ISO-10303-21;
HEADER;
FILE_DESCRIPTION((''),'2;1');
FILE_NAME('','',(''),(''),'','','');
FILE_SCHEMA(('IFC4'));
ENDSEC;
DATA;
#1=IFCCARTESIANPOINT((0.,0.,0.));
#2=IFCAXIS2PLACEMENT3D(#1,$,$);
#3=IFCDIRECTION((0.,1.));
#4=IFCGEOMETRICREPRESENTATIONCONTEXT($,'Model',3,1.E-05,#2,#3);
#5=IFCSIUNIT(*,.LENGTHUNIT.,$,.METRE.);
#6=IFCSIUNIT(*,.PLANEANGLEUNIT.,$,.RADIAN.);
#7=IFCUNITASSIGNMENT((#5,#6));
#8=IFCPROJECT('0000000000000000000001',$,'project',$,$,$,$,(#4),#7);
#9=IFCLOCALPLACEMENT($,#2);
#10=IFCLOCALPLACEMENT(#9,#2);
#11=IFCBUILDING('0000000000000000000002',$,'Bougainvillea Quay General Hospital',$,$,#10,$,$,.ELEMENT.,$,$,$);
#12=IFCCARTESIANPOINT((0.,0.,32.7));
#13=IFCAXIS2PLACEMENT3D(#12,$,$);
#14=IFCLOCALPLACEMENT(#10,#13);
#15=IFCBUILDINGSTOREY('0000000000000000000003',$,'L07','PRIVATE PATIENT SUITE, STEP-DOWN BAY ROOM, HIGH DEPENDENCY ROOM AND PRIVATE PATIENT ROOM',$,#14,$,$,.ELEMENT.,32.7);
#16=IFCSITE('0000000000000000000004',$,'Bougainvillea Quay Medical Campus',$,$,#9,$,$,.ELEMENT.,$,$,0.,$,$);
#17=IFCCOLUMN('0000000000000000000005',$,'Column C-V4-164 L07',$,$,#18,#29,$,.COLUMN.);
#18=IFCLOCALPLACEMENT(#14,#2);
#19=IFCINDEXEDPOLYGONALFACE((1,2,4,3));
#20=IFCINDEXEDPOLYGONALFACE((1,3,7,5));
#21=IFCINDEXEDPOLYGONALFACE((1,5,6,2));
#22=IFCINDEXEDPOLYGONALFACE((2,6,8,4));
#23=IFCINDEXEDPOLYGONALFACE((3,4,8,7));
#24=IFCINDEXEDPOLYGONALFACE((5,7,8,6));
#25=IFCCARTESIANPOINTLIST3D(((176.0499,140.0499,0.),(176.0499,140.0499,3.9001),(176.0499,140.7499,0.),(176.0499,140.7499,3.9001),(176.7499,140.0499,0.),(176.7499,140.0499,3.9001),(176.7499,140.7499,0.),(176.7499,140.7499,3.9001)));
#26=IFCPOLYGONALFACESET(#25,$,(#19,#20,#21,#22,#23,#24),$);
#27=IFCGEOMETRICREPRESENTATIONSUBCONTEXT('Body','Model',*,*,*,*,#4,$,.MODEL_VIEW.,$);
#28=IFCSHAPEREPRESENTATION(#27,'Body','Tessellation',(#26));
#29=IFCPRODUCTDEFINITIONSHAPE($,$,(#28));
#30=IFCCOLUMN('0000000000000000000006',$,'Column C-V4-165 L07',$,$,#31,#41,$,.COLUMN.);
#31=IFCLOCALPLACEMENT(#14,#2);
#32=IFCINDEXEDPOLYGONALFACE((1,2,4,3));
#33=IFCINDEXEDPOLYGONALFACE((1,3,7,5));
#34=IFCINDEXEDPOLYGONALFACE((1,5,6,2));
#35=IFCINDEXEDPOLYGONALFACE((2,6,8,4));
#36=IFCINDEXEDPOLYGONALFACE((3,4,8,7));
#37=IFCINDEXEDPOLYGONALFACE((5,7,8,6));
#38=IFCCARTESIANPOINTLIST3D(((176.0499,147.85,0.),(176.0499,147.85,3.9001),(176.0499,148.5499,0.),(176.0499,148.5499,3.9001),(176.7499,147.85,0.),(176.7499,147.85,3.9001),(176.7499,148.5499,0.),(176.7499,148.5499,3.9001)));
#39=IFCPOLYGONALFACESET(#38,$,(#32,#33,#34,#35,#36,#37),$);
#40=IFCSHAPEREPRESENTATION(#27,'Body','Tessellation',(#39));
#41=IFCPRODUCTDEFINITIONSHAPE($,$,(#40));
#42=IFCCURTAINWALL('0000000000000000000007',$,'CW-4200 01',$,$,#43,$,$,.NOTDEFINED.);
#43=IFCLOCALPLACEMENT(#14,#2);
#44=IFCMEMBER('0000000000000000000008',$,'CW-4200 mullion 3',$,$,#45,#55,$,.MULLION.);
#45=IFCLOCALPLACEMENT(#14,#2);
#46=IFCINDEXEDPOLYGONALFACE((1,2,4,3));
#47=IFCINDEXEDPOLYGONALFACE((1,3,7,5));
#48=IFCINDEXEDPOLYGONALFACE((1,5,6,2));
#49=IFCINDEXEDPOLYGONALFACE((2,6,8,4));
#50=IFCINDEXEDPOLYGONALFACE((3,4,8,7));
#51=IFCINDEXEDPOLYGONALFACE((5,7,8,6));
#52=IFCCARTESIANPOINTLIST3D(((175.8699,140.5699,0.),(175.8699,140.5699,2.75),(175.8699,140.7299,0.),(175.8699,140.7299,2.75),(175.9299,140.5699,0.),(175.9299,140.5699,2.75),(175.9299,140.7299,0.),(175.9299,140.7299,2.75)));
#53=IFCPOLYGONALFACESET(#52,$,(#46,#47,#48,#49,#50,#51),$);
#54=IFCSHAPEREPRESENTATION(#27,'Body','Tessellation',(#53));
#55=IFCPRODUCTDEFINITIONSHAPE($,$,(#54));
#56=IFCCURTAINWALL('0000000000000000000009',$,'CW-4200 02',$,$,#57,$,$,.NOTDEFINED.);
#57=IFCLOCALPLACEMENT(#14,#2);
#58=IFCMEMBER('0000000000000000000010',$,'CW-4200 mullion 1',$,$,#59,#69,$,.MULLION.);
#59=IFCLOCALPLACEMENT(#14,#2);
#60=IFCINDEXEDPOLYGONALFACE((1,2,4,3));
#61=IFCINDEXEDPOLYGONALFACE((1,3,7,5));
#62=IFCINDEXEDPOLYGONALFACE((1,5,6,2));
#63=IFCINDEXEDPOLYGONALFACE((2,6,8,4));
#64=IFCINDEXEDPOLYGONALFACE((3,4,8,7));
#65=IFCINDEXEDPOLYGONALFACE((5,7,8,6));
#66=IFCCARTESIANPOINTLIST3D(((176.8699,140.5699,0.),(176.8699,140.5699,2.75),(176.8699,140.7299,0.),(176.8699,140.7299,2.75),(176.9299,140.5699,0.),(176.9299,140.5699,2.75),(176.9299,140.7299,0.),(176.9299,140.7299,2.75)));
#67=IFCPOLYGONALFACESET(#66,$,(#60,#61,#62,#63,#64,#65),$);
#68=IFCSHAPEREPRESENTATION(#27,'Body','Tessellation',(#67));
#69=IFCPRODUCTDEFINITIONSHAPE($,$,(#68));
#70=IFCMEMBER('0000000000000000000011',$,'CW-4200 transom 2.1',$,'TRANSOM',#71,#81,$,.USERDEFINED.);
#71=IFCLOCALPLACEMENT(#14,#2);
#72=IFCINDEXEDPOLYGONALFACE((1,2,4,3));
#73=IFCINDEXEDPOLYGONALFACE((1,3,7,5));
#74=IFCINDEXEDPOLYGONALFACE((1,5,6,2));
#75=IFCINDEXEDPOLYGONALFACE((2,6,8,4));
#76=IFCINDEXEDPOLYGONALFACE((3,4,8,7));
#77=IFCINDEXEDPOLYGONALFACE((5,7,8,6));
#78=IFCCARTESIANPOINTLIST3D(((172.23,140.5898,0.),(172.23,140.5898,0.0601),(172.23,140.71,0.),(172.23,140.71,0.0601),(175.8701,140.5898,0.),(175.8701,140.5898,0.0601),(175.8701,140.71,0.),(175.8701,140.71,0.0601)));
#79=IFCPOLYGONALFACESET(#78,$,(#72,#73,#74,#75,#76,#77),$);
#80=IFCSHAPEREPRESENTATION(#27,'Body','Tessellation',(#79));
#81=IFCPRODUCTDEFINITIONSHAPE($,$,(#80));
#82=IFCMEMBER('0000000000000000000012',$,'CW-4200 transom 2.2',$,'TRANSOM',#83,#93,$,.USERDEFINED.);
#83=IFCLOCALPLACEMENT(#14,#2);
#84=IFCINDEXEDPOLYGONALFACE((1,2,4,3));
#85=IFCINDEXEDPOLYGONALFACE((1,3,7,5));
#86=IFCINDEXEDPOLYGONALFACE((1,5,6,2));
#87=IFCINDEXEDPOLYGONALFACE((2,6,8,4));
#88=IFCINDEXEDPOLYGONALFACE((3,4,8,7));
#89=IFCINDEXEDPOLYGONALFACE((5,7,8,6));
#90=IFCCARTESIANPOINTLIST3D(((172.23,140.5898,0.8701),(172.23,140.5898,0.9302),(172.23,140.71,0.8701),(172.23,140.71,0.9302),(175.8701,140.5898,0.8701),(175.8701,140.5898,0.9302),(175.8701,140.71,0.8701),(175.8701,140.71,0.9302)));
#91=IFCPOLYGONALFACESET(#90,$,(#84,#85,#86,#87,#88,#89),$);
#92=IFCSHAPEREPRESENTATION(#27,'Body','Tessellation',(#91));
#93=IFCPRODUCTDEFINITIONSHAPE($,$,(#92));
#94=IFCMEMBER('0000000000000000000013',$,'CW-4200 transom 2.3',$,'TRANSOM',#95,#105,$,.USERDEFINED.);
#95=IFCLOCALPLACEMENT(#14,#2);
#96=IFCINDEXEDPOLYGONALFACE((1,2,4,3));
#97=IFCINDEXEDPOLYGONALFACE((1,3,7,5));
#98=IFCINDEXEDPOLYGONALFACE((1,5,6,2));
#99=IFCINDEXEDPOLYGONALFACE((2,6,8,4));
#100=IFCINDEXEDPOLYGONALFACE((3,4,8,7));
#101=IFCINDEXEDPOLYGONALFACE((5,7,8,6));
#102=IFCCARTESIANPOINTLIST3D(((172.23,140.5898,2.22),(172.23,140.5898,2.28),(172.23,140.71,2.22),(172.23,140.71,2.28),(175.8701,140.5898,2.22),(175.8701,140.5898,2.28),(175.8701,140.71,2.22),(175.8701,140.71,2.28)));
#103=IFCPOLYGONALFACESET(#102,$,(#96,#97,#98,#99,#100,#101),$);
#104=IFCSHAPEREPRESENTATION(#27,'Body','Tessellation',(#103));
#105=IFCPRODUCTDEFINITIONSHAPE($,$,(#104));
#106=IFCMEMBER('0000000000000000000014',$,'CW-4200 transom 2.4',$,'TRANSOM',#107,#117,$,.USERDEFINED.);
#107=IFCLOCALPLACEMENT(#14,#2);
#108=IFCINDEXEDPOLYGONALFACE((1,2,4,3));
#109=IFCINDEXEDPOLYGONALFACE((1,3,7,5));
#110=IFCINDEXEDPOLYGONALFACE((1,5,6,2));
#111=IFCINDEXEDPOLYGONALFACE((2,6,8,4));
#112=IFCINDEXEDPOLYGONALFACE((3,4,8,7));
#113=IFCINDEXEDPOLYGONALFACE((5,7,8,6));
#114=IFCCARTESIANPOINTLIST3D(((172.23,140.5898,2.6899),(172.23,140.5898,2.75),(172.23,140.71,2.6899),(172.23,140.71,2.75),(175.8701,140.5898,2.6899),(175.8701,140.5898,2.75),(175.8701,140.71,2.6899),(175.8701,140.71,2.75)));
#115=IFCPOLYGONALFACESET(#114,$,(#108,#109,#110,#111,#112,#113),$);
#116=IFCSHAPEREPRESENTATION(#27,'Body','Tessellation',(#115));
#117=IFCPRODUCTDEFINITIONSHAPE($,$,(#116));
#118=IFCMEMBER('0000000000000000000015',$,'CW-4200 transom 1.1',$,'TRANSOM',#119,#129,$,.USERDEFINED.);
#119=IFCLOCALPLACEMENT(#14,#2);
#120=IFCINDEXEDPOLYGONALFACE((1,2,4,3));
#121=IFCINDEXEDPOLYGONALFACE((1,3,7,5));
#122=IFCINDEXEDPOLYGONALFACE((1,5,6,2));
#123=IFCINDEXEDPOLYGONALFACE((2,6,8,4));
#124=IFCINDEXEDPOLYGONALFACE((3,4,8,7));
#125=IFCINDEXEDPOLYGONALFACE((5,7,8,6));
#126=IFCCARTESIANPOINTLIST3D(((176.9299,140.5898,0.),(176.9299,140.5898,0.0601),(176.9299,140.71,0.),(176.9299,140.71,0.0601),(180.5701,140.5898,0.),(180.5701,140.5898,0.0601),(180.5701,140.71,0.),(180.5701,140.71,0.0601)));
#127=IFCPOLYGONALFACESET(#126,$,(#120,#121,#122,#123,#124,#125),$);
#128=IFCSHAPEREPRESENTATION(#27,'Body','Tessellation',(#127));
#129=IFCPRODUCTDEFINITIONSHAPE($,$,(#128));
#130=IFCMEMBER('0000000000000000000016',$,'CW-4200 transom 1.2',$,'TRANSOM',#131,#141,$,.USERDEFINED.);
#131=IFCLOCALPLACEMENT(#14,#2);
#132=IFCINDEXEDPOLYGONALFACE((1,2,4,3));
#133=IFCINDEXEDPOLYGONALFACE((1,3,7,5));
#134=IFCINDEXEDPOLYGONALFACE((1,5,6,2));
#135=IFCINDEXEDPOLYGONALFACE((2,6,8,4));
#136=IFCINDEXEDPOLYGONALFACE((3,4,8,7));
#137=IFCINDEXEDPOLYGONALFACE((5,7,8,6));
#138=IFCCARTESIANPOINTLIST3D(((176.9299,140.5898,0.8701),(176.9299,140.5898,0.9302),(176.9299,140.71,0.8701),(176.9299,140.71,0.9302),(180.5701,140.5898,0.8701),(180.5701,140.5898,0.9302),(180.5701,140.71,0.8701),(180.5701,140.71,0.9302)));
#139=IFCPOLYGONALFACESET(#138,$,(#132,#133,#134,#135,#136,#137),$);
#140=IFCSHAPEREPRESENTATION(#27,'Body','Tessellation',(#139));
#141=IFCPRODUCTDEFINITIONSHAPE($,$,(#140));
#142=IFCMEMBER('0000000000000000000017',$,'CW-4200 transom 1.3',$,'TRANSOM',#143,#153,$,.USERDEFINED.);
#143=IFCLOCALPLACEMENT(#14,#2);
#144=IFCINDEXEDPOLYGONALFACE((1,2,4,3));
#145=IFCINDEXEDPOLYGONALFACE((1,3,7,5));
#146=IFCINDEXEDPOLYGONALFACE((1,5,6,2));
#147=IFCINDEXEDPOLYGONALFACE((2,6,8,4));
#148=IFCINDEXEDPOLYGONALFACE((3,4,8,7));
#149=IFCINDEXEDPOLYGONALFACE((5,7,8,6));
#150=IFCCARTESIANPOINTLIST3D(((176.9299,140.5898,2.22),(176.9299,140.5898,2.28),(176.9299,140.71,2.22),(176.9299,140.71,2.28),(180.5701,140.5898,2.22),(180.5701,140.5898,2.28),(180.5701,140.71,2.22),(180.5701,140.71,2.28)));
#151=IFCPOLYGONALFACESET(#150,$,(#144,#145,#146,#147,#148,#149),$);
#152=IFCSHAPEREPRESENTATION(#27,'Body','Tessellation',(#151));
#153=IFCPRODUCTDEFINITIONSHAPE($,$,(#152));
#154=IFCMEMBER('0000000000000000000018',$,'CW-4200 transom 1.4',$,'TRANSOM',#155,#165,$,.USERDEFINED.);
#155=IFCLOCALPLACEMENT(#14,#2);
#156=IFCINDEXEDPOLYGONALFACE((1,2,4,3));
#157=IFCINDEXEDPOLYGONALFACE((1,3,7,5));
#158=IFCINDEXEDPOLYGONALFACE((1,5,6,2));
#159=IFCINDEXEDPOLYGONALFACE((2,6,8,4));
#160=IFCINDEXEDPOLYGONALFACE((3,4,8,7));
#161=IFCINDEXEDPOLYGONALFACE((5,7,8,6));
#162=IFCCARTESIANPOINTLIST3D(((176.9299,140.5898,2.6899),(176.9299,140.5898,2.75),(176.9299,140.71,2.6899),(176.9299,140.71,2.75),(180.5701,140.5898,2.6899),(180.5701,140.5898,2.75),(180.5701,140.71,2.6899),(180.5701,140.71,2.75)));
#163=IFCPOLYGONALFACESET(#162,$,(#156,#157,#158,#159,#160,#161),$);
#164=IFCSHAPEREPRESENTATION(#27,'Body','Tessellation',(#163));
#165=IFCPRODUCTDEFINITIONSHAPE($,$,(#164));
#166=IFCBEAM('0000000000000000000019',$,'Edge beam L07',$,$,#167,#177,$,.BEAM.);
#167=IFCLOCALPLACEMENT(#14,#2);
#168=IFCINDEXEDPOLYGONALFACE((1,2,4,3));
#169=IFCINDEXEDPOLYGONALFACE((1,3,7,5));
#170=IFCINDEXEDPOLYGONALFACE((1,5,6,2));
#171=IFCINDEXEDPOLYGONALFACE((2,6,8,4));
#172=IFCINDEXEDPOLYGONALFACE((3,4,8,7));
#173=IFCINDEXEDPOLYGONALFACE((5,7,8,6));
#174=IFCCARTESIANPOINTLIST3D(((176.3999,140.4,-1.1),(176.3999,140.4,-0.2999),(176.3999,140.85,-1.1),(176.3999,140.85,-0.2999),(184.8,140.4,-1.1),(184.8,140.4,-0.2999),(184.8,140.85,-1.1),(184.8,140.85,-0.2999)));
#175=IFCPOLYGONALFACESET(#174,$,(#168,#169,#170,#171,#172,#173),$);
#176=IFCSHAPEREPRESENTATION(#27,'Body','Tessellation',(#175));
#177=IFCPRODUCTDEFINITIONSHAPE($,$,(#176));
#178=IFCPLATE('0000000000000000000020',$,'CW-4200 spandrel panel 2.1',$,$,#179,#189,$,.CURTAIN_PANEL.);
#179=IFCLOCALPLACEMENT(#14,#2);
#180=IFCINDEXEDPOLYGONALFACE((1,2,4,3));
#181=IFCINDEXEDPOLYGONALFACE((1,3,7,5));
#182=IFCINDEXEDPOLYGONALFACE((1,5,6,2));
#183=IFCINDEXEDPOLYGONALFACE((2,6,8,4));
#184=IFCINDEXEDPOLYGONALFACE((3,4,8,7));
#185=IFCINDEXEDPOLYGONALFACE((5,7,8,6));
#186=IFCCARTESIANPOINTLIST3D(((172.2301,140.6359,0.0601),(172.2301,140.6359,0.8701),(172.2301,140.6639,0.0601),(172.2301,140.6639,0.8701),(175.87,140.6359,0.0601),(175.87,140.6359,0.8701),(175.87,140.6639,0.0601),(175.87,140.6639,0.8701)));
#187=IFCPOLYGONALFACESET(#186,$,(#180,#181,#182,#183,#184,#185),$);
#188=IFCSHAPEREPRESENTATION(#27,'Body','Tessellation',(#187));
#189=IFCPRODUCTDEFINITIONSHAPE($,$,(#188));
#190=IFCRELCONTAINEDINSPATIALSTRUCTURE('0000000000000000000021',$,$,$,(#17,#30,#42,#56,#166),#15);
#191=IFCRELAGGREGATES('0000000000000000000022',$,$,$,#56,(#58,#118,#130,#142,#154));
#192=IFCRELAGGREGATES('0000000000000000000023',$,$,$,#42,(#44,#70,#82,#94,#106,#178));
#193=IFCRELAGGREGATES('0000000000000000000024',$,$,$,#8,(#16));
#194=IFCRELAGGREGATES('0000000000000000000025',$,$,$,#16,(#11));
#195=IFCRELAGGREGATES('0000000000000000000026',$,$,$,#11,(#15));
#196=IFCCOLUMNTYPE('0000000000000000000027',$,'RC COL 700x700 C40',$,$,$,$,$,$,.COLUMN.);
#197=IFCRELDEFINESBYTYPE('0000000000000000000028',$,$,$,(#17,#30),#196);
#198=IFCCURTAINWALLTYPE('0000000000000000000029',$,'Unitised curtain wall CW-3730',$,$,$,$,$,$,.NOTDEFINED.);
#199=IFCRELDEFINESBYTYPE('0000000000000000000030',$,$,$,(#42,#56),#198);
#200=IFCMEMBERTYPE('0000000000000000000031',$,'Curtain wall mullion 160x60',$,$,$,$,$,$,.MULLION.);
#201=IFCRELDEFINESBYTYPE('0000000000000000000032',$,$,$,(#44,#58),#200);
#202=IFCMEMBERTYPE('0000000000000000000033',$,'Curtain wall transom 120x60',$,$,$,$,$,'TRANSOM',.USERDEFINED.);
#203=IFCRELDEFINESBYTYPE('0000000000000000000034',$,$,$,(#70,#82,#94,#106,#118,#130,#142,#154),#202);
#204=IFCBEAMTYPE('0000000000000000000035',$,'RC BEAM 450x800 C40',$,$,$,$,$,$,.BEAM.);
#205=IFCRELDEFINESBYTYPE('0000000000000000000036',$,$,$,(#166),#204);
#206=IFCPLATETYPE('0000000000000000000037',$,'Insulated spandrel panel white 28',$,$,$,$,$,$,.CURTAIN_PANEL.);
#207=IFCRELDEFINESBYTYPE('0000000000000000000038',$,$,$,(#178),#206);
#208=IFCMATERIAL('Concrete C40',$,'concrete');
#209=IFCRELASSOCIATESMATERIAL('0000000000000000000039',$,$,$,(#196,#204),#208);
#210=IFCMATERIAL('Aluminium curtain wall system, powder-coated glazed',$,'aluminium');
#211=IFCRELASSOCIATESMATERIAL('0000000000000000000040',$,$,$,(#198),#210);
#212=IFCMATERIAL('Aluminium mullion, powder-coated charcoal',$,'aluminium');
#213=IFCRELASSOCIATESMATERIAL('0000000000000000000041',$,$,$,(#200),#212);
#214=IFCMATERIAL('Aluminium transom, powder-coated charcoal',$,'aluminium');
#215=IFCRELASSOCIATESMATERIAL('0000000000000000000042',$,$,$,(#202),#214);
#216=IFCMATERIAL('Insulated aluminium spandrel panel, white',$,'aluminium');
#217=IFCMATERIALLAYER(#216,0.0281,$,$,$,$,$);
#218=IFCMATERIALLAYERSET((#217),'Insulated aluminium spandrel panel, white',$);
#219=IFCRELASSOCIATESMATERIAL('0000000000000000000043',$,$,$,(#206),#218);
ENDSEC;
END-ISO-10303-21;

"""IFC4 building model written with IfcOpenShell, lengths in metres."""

from ifc_helpers import new_model, si_unit, direction, frame, origin, origin_2d, place, context, subcontext, project, spatial, rectangle, extrude, material, layer, layer_set, material_profile, profile_set, type_object, element, aggregate, save


model = new_model("IFC4")

# Units and contexts
model_context = context("Model", 3, precision=1e-05, world=origin(), true_north=direction((0.0, 1.0)))
body_context = subcontext(model_context, "Body", "Model", "MODEL_VIEW")
ifc_project = project(units=[si_unit("LENGTHUNIT", "METRE"), si_unit("PLANEANGLEUNIT", "RADIAN")], contexts=[model_context])

# Site, building, storey
site_placement = place(None, origin())
site = spatial("IfcSite", under=ifc_project, at=site_placement, Name="Bougainvillea Quay Medical Campus", CompositionType="ELEMENT", RefElevation=0.0)
building_placement = place(site_placement, origin())
building = spatial("IfcBuilding", under=site, at=building_placement, Name="Bougainvillea Quay General Hospital", CompositionType="ELEMENT")
storey_placement = place(building_placement, frame((0.0, 0.0, 32.7)))
storey = spatial("IfcBuildingStorey", under=building, at=storey_placement, Name="L07", Description="PRIVATE PATIENT SUITE, STEP-DOWN BAY ROOM, HIGH DEPENDENCY ROOM AND PRIVATE PATIENT ROOM", CompositionType="ELEMENT", Elevation=32.7)

# Columns
ifc_material_1 = material(Name="Concrete C40", Category="concrete")
ifc_material_profile_1 = material_profile(ifc_material_1, rectangle(XDim=0.7, YDim=0.7, at=origin_2d()))
ifc_profile_set_1 = profile_set([ifc_material_profile_1], Name="Concrete C40")
column_type = type_object("IfcColumnType", Name="RC COL 700x700 C40", PredefinedType="COLUMN", material=ifc_profile_set_1)
for number, where, z_axis, x_axis, name in (
    (1, (176.3999, 140.3999, 0.0), (0.0, 0.0, 1.0), (1.0, 0.0, 0.0), "Column C-V4-164 L07"),
    (2, (176.3999, 148.2, 0.0), (0.0, 0.0, 1.0), (1.0, 0.0, 0.0), "Column C-V4-165 L07"),
):
    element("IfcColumn", number, at=place(storey_placement, frame(where, z_axis=z_axis, x_axis=x_axis)), inside=storey, type_object=column_type, Name=name, PredefinedType="COLUMN", context=body_context, shape_type="SweptSolid", body=[
        extrude(rectangle(XDim=0.7, YDim=0.7, at=origin_2d()), origin(), (0.0, 0.0, 1.0), 3.9001),
    ])

# Curtain walls, members
ifc_material_2 = material(Name="Aluminium curtain wall system, powder-coated glazed", Category="aluminium")
curtain_wall_type = type_object("IfcCurtainWallType", Name="Unitised curtain wall CW-3730", PredefinedType="NOTDEFINED", material=ifc_material_2)
curtain_wall_1_placement = place(storey_placement, origin())
curtain_wall_1 = element("IfcCurtainWall", 3, at=curtain_wall_1_placement, inside=storey, type_object=curtain_wall_type, Name="CW-4200 01", PredefinedType="NOTDEFINED")
ifc_material_3 = material(Name="Aluminium mullion, powder-coated charcoal", Category="aluminium")
ifc_material_profile_2 = material_profile(ifc_material_3, rectangle(XDim=0.1599, YDim=0.0601, at=origin_2d()))
ifc_profile_set_2 = profile_set([ifc_material_profile_2], Name="Aluminium mullion, powder-coated charcoal")
member_type_1 = type_object("IfcMemberType", Name="Curtain wall mullion 160x60", PredefinedType="MULLION", material=ifc_profile_set_2)
member_1_placement = place(storey_placement, frame((175.8999, 140.6499, 0.0), z_axis=(0.0, 0.0, 1.0), x_axis=(0.0, 1.0, 0.0)))
member_1 = element("IfcMember", 4, at=member_1_placement, type_object=member_type_1, Name="CW-4200 mullion 3", PredefinedType="MULLION", context=body_context, shape_type="SweptSolid", body=[
    extrude(rectangle(XDim=0.1599, YDim=0.0601, at=origin_2d()), origin(), (0.0, 0.0, 1.0), 2.75),
])
curtain_wall_2_placement = place(storey_placement, origin())
curtain_wall_2 = element("IfcCurtainWall", 5, at=curtain_wall_2_placement, inside=storey, type_object=curtain_wall_type, Name="CW-4200 02", PredefinedType="NOTDEFINED")
member_2_placement = place(storey_placement, frame((176.8999, 140.6499, 0.0), z_axis=(0.0, 0.0, 1.0), x_axis=(0.0, 1.0, 0.0)))
member_2 = element("IfcMember", 6, at=member_2_placement, type_object=member_type_1, Name="CW-4200 mullion 1", PredefinedType="MULLION", context=body_context, shape_type="SweptSolid", body=[
    extrude(rectangle(XDim=0.1599, YDim=0.0601, at=origin_2d()), origin(), (0.0, 0.0, 1.0), 2.75),
])

# Members
ifc_material_4 = material(Name="Aluminium transom, powder-coated charcoal", Category="aluminium")
ifc_material_profile_3 = material_profile(ifc_material_4, rectangle(XDim=0.1201, YDim=0.0601, at=origin_2d()))
ifc_profile_set_3 = profile_set([ifc_material_profile_3], Name="Aluminium transom, powder-coated charcoal")
member_type_2 = type_object("IfcMemberType", Name="Curtain wall transom 120x60", ElementType="TRANSOM", PredefinedType="USERDEFINED", material=ifc_profile_set_3)
member_3_placement = place(storey_placement, frame((172.23, 140.6499, 0.03), z_axis=(1.0, 0.0, 0.0), x_axis=(0.0, 1.0, 0.0)))
member_3 = element("IfcMember", 7, at=member_3_placement, type_object=member_type_2, Name="CW-4200 transom 2.1", ObjectType="TRANSOM", PredefinedType="USERDEFINED", context=body_context, shape_type="SweptSolid", body=[
    extrude(rectangle(XDim=0.1201, YDim=0.0601, at=origin_2d()), origin(), (0.0, 0.0, 1.0), 3.6401),
])
member_4_placement = place(storey_placement, frame((172.23, 140.6499, 0.9001), z_axis=(1.0, 0.0, 0.0), x_axis=(0.0, 1.0, 0.0)))
member_4 = element("IfcMember", 8, at=member_4_placement, type_object=member_type_2, Name="CW-4200 transom 2.2", ObjectType="TRANSOM", PredefinedType="USERDEFINED", context=body_context, shape_type="SweptSolid", body=[
    extrude(rectangle(XDim=0.1201, YDim=0.0601, at=origin_2d()), origin(), (0.0, 0.0, 1.0), 3.6401),
])
member_5_placement = place(storey_placement, frame((172.23, 140.6499, 2.25), z_axis=(1.0, 0.0, 0.0), x_axis=(0.0, 1.0, 0.0)))
member_5 = element("IfcMember", 9, at=member_5_placement, type_object=member_type_2, Name="CW-4200 transom 2.3", ObjectType="TRANSOM", PredefinedType="USERDEFINED", context=body_context, shape_type="SweptSolid", body=[
    extrude(rectangle(XDim=0.1201, YDim=0.0601, at=origin_2d()), origin(), (0.0, 0.0, 1.0), 3.6401),
])
member_6_placement = place(storey_placement, frame((172.23, 140.6499, 2.72), z_axis=(1.0, 0.0, 0.0), x_axis=(0.0, 1.0, 0.0)))
member_6 = element("IfcMember", 10, at=member_6_placement, type_object=member_type_2, Name="CW-4200 transom 2.4", ObjectType="TRANSOM", PredefinedType="USERDEFINED", context=body_context, shape_type="SweptSolid", body=[
    extrude(rectangle(XDim=0.1201, YDim=0.0601, at=origin_2d()), origin(), (0.0, 0.0, 1.0), 3.6401),
])
member_7_placement = place(storey_placement, frame((176.9299, 140.6499, 0.03), z_axis=(1.0, 0.0, 0.0), x_axis=(0.0, 1.0, 0.0)))
member_7 = element("IfcMember", 11, at=member_7_placement, type_object=member_type_2, Name="CW-4200 transom 1.1", ObjectType="TRANSOM", PredefinedType="USERDEFINED", context=body_context, shape_type="SweptSolid", body=[
    extrude(rectangle(XDim=0.1201, YDim=0.0601, at=origin_2d()), origin(), (0.0, 0.0, 1.0), 3.6401),
])
member_8_placement = place(storey_placement, frame((176.9299, 140.6499, 0.9001), z_axis=(1.0, 0.0, 0.0), x_axis=(0.0, 1.0, 0.0)))
member_8 = element("IfcMember", 12, at=member_8_placement, type_object=member_type_2, Name="CW-4200 transom 1.2", ObjectType="TRANSOM", PredefinedType="USERDEFINED", context=body_context, shape_type="SweptSolid", body=[
    extrude(rectangle(XDim=0.1201, YDim=0.0601, at=origin_2d()), origin(), (0.0, 0.0, 1.0), 3.6401),
])
member_9_placement = place(storey_placement, frame((176.9299, 140.6499, 2.25), z_axis=(1.0, 0.0, 0.0), x_axis=(0.0, 1.0, 0.0)))
member_9 = element("IfcMember", 13, at=member_9_placement, type_object=member_type_2, Name="CW-4200 transom 1.3", ObjectType="TRANSOM", PredefinedType="USERDEFINED", context=body_context, shape_type="SweptSolid", body=[
    extrude(rectangle(XDim=0.1201, YDim=0.0601, at=origin_2d()), origin(), (0.0, 0.0, 1.0), 3.6401),
])
member_10_placement = place(storey_placement, frame((176.9299, 140.6499, 2.72), z_axis=(1.0, 0.0, 0.0), x_axis=(0.0, 1.0, 0.0)))
member_10 = element("IfcMember", 14, at=member_10_placement, type_object=member_type_2, Name="CW-4200 transom 1.4", ObjectType="TRANSOM", PredefinedType="USERDEFINED", context=body_context, shape_type="SweptSolid", body=[
    extrude(rectangle(XDim=0.1201, YDim=0.0601, at=origin_2d()), origin(), (0.0, 0.0, 1.0), 3.6401),
])
aggregate(curtain_wall_2, [member_2, member_7, member_8, member_9, member_10])

# Beam
ifc_material_profile_4 = material_profile(ifc_material_1, rectangle(XDim=0.45, YDim=0.8, at=origin_2d()))
ifc_profile_set_4 = profile_set([ifc_material_profile_4], Name="Concrete C40")
beam_type = type_object("IfcBeamType", Name="RC BEAM 450x800 C40", PredefinedType="BEAM", material=ifc_profile_set_4)
beam_placement = place(storey_placement, frame((176.3999, 140.625, -0.7), z_axis=(1.0, 0.0, 0.0), x_axis=(0.0, 1.0, 0.0)))
element("IfcBeam", 15, at=beam_placement, inside=storey, type_object=beam_type, Name="Edge beam L07", PredefinedType="BEAM", context=body_context, shape_type="SweptSolid", body=[
    extrude(rectangle(XDim=0.45, YDim=0.8, at=origin_2d()), origin(), (0.0, 0.0, 1.0), 8.4001),
])

# Plate
ifc_material_5 = material(Name="Insulated aluminium spandrel panel, white", Category="aluminium")
ifc_layer_1 = layer(ifc_material_5, 0.0281)
ifc_layer_set_1 = layer_set([ifc_layer_1], Name="Insulated aluminium spandrel panel, white")
plate_type_1 = type_object("IfcPlateType", Name="Insulated spandrel panel white 28", PredefinedType="CURTAIN_PANEL", material=ifc_layer_set_1)
plate_1_placement = place(storey_placement, frame((174.05, 140.6499, 0.0601), z_axis=(0.0, 0.0, 1.0), x_axis=(1.0, 0.0, 0.0)))
plate_1 = element("IfcPlate", 16, at=plate_1_placement, type_object=plate_type_1, Name="CW-4200 spandrel panel 2.1", PredefinedType="CURTAIN_PANEL", context=body_context, shape_type="SweptSolid", body=[
    extrude(rectangle(XDim=3.6399, YDim=0.0281, at=origin_2d()), origin(), (0.0, 0.0, 1.0), 0.8101),
])
aggregate(curtain_wall_1, [member_1, member_3, member_4, member_5, member_6, plate_1])

save(model, "model.ifc")
